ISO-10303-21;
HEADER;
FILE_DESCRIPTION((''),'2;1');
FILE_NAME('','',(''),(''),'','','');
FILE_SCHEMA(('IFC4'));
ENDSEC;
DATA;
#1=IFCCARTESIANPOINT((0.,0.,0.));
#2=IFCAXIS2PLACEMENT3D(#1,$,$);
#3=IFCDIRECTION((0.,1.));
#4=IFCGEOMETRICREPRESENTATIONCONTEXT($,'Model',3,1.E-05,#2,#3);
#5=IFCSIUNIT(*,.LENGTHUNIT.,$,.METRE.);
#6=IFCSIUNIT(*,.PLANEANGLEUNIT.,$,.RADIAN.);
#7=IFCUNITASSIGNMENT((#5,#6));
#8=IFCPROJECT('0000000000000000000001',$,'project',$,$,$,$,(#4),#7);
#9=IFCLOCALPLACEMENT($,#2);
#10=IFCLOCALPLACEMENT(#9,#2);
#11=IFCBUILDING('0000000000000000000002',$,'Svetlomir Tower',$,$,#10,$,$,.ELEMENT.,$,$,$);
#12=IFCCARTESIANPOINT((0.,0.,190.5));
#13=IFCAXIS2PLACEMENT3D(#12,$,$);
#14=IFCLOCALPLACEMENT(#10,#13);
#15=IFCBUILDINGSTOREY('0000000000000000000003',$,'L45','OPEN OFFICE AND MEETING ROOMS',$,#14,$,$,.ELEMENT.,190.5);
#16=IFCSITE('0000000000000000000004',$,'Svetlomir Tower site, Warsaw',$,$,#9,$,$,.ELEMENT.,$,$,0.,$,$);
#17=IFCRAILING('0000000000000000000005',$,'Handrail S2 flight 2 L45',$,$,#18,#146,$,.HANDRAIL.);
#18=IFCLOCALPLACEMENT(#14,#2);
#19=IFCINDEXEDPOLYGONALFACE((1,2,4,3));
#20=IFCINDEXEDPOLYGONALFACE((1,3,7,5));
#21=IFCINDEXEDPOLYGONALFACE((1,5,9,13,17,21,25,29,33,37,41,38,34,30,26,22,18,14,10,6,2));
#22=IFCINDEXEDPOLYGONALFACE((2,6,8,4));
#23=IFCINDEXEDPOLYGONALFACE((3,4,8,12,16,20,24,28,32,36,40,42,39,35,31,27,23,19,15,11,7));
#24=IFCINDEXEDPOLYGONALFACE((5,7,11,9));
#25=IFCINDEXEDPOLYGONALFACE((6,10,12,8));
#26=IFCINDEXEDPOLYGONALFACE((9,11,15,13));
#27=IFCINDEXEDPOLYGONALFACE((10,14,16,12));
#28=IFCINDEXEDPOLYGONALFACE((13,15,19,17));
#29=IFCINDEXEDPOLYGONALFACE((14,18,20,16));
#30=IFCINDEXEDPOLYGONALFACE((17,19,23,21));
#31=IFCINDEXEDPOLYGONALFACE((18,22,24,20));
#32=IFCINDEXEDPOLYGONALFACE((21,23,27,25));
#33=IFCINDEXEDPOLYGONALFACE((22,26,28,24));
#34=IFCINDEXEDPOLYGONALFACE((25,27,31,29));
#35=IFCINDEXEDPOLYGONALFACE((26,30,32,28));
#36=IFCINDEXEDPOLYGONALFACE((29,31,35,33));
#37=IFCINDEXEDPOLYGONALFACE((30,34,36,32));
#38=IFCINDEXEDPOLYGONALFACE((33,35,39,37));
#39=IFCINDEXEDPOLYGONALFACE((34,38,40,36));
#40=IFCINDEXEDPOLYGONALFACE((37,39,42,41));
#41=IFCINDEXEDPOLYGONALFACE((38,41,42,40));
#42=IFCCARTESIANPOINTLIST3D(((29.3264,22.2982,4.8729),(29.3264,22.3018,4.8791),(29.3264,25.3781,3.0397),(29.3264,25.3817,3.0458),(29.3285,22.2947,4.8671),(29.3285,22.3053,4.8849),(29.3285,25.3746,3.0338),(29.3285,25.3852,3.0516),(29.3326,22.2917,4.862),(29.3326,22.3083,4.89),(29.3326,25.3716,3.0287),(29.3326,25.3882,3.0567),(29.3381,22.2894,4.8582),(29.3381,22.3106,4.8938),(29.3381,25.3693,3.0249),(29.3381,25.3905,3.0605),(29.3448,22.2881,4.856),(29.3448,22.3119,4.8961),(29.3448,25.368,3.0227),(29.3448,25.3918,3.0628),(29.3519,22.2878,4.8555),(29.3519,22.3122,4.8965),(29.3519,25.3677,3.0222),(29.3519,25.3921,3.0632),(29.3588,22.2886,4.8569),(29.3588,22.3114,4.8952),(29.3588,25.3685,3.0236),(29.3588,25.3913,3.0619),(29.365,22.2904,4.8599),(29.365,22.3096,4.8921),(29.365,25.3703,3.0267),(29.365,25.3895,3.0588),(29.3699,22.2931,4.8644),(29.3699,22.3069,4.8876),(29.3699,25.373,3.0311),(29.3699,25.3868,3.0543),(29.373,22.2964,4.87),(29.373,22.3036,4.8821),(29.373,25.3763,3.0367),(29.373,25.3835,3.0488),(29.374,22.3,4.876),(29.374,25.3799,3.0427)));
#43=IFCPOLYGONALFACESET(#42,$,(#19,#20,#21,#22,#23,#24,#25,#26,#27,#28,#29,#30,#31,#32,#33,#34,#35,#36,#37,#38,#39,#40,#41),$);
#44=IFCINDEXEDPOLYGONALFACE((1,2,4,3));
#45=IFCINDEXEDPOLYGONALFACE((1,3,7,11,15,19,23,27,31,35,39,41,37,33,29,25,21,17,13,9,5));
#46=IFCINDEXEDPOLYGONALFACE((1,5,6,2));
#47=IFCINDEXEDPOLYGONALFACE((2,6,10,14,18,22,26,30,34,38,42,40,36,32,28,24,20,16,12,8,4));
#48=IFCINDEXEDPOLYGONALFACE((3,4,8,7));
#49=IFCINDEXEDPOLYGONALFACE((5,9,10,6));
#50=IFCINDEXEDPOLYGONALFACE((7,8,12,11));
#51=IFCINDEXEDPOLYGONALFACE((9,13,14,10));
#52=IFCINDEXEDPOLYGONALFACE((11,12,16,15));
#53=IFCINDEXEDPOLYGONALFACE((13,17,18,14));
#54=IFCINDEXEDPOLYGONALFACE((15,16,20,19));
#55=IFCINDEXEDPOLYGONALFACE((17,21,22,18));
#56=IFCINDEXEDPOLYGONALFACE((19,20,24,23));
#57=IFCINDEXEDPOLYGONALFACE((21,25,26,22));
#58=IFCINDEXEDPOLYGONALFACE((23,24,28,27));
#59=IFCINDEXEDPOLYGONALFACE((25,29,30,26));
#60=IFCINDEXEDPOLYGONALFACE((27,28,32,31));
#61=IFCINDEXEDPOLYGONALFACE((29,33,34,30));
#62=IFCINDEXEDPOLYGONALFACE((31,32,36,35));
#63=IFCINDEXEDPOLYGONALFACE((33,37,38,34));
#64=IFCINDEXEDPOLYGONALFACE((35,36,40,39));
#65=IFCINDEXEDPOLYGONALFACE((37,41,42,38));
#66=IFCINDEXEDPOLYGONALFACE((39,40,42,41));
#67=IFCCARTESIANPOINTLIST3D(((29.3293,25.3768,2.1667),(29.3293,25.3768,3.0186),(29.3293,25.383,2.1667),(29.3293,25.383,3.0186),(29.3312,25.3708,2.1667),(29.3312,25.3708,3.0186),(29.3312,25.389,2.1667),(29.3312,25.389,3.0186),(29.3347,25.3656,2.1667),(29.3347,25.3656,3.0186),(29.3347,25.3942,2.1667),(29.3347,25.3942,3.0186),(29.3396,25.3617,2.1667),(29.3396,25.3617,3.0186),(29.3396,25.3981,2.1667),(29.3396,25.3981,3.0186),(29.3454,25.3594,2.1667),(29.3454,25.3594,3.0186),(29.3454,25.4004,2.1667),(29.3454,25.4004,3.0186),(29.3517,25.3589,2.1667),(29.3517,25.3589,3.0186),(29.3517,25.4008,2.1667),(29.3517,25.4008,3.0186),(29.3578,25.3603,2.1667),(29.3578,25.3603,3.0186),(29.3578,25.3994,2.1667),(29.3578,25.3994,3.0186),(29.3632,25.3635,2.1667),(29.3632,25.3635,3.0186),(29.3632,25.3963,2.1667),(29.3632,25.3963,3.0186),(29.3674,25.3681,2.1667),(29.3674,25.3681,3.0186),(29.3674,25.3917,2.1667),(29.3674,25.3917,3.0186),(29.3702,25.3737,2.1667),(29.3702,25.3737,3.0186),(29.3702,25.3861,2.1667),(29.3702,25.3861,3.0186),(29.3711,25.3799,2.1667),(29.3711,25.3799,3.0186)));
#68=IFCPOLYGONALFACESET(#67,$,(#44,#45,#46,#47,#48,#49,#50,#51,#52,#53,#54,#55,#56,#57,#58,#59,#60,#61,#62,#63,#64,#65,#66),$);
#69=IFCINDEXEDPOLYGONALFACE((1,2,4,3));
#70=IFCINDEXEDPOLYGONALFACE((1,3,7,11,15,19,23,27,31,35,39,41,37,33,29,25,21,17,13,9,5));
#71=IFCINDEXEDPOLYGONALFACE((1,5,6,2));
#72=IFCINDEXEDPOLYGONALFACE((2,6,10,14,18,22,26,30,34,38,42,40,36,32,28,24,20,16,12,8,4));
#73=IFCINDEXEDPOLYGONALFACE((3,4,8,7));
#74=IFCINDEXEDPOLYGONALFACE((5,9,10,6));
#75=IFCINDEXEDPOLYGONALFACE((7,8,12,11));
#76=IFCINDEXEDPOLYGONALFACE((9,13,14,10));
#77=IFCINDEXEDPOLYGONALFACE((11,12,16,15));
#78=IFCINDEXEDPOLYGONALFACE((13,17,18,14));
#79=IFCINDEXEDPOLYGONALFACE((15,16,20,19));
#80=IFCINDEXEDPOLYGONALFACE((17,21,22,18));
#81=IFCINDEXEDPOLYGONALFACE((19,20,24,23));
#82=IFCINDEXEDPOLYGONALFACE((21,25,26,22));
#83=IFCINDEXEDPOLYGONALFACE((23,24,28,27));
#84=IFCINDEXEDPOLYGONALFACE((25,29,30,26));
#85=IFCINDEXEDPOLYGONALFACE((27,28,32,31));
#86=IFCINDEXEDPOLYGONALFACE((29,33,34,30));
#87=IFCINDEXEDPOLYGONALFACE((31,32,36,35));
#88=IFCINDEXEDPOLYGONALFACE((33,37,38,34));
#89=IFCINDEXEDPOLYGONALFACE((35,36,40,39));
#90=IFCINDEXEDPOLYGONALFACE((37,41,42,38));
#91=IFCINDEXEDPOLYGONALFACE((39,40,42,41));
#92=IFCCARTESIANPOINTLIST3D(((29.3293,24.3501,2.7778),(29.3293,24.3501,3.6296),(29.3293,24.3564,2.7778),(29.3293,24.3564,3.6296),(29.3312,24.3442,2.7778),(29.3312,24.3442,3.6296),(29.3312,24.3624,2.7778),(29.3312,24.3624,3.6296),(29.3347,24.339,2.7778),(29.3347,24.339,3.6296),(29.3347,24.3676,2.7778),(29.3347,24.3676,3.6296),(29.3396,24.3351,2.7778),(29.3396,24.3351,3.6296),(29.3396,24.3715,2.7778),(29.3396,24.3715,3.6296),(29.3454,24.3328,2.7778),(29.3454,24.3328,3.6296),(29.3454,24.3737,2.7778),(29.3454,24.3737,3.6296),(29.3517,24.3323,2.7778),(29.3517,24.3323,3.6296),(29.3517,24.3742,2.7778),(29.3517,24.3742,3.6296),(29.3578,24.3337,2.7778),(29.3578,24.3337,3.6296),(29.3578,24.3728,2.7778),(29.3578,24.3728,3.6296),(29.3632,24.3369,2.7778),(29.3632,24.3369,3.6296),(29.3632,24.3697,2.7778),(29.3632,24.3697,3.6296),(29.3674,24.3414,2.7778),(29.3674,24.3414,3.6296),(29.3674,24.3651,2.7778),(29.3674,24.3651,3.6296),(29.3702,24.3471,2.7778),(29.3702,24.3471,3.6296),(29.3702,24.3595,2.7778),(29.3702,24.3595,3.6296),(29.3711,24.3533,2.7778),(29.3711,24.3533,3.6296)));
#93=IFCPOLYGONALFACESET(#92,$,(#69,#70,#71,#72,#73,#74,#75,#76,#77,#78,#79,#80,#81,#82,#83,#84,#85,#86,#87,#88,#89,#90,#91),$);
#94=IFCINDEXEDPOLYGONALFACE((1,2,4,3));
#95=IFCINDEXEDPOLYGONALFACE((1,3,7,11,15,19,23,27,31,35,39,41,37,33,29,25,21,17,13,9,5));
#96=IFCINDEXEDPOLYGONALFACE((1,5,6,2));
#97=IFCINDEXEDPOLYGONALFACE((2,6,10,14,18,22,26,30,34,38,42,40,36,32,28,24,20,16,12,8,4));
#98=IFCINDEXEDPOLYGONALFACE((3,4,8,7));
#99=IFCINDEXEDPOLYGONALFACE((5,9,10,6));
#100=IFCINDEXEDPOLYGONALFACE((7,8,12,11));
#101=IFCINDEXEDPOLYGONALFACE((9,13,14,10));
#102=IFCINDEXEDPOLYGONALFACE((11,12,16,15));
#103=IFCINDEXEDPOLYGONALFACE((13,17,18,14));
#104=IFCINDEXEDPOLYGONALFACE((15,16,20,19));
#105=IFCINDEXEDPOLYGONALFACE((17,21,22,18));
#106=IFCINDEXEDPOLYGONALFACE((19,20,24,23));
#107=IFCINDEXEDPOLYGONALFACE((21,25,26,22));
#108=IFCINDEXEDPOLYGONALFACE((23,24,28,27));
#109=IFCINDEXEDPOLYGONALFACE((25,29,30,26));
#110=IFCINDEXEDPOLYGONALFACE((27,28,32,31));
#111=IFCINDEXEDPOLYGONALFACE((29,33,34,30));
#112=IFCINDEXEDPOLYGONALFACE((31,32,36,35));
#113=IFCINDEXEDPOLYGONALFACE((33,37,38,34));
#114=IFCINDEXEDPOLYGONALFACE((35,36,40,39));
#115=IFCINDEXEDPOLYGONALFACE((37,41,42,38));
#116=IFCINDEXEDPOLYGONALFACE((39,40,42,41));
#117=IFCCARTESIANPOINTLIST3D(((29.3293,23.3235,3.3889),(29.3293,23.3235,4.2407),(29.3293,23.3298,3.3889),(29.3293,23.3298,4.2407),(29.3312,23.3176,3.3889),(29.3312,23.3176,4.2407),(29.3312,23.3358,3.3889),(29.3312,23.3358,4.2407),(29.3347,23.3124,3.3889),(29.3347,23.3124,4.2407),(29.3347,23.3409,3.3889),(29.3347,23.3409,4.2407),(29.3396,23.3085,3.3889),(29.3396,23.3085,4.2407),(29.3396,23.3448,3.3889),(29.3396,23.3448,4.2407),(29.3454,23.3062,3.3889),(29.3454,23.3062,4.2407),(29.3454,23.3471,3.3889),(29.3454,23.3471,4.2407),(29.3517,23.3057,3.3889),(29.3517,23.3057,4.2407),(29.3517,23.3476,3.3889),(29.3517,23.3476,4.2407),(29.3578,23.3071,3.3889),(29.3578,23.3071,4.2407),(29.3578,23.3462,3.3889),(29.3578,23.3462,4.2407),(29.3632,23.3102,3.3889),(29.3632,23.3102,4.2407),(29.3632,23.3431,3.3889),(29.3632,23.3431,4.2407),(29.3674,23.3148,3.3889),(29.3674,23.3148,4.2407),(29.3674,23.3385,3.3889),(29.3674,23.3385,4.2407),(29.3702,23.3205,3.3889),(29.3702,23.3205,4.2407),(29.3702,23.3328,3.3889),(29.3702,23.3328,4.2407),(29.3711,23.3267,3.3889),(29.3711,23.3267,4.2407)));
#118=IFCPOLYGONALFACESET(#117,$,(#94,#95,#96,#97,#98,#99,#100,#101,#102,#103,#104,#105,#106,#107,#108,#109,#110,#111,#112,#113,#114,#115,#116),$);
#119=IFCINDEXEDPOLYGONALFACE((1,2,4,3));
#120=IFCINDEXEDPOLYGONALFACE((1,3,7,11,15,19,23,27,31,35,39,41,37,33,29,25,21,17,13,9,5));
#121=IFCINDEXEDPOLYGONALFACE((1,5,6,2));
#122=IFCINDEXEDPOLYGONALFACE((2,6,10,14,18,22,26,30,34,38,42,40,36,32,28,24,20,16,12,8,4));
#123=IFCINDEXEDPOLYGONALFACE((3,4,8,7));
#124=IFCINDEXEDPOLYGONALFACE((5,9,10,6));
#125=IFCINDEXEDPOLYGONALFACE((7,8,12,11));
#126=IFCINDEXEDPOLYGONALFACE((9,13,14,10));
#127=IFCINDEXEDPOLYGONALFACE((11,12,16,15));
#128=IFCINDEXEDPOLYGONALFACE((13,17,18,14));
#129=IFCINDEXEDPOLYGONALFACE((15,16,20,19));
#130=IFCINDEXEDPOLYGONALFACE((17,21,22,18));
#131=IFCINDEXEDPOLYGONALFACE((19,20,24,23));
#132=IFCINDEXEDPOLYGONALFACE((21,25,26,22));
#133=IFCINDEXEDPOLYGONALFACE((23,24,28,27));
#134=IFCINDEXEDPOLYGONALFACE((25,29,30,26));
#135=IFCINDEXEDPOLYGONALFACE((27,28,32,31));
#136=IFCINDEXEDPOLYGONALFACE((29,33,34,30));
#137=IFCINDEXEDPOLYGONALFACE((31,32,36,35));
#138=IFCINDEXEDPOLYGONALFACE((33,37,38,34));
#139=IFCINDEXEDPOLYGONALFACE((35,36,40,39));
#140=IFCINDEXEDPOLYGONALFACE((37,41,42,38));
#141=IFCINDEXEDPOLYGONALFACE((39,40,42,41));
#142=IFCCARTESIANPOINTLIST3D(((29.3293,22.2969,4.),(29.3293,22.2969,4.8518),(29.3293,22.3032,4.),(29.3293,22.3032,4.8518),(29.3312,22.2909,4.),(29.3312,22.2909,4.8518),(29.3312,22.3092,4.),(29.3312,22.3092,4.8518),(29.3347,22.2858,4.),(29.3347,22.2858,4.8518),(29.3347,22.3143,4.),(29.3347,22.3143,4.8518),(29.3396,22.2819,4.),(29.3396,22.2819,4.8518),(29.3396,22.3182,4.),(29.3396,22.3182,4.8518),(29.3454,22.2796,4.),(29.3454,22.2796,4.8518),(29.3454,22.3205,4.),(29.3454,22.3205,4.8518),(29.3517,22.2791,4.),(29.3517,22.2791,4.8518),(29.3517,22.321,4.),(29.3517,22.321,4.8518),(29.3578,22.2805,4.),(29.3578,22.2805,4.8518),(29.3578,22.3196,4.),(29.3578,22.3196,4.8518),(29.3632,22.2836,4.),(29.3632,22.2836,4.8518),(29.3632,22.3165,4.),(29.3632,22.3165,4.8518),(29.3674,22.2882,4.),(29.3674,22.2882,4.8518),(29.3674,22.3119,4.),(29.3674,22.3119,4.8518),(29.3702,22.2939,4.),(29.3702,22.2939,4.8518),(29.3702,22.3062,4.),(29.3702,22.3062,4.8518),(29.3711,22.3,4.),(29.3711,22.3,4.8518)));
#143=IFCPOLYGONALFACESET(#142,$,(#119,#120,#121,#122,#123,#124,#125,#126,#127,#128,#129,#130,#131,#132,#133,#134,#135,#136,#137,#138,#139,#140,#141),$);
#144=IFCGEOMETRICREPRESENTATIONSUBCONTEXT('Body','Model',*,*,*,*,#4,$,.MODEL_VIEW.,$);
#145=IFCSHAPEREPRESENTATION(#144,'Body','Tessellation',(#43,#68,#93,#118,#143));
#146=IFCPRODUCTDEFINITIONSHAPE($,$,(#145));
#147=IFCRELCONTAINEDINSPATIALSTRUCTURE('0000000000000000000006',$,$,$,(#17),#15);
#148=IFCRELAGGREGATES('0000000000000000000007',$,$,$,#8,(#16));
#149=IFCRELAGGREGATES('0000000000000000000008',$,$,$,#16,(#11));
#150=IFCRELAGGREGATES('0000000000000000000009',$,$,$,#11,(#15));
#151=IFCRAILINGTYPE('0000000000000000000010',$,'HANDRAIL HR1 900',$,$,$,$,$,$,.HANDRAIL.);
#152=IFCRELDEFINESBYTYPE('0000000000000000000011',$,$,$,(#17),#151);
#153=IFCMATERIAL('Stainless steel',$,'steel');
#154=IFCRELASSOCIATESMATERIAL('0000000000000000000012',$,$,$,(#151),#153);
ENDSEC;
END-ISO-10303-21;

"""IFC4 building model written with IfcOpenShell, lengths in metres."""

from ifc_helpers import new_model, si_unit, direction, frame, origin, origin_2d, place, context, subcontext, project, spatial, circle, extrude, material, type_object, element, save


model = new_model("IFC4")

# Units and contexts
model_context = context("Model", 3, precision=1e-05, world=origin(), true_north=direction((0.0, 1.0)))
body_context = subcontext(model_context, "Body", "Model", "MODEL_VIEW")
ifc_project = project(units=[si_unit("LENGTHUNIT", "METRE"), si_unit("PLANEANGLEUNIT", "RADIAN")], contexts=[model_context])

# Site, building, storey
site_placement = place(None, origin())
site = spatial("IfcSite", under=ifc_project, at=site_placement, Name="Svetlomir Tower site, Warsaw", CompositionType="ELEMENT", RefElevation=0.0)
building_placement = place(site_placement, origin())
building = spatial("IfcBuilding", under=site, at=building_placement, Name="Svetlomir Tower", CompositionType="ELEMENT")
storey_placement = place(building_placement, frame((0.0, 0.0, 190.5)))
storey = spatial("IfcBuildingStorey", under=building, at=storey_placement, Name="L45", Description="OPEN OFFICE AND MEETING ROOMS", CompositionType="ELEMENT", Elevation=190.5)

# Railing
ifc_material_1 = material(Name="Stainless steel", Category="steel")
railing_type = type_object("IfcRailingType", Name="HANDRAIL HR1 900", PredefinedType="HANDRAIL", material=ifc_material_1)
railing_1_placement = place(storey_placement, frame((29.3501, 25.3799, 2.1667)))
element("IfcRailing", 1, at=railing_1_placement, inside=storey, type_object=railing_type, Name="Handrail S2 flight 2 L45", PredefinedType="HANDRAIL", context=body_context, shape_type="SweptSolid", body=[
    extrude(circle(Radius=0.0239, at=origin_2d()), frame((0.0, 0.0, 0.876), z_axis=(0.0, -0.859291, 0.511487), x_axis=(1.0, 0.0, 0.0)), (0.0, 0.0, 1.0), 3.5842),
    extrude(circle(Radius=0.021, at=origin_2d()), origin(), (0.0, 0.0, 1.0), 0.8518),
    extrude(circle(Radius=0.021, at=origin_2d()), frame((0.0, -1.0266, 0.6111)), (0.0, 0.0, 1.0), 0.8518),
    extrude(circle(Radius=0.021, at=origin_2d()), frame((0.0, -2.0532, 1.2222)), (0.0, 0.0, 1.0), 0.8518),
    extrude(circle(Radius=0.021, at=origin_2d()), frame((0.0, -3.0798, 1.8333)), (0.0, 0.0, 1.0), 0.8518),
])

save(model, "model.ifc")
